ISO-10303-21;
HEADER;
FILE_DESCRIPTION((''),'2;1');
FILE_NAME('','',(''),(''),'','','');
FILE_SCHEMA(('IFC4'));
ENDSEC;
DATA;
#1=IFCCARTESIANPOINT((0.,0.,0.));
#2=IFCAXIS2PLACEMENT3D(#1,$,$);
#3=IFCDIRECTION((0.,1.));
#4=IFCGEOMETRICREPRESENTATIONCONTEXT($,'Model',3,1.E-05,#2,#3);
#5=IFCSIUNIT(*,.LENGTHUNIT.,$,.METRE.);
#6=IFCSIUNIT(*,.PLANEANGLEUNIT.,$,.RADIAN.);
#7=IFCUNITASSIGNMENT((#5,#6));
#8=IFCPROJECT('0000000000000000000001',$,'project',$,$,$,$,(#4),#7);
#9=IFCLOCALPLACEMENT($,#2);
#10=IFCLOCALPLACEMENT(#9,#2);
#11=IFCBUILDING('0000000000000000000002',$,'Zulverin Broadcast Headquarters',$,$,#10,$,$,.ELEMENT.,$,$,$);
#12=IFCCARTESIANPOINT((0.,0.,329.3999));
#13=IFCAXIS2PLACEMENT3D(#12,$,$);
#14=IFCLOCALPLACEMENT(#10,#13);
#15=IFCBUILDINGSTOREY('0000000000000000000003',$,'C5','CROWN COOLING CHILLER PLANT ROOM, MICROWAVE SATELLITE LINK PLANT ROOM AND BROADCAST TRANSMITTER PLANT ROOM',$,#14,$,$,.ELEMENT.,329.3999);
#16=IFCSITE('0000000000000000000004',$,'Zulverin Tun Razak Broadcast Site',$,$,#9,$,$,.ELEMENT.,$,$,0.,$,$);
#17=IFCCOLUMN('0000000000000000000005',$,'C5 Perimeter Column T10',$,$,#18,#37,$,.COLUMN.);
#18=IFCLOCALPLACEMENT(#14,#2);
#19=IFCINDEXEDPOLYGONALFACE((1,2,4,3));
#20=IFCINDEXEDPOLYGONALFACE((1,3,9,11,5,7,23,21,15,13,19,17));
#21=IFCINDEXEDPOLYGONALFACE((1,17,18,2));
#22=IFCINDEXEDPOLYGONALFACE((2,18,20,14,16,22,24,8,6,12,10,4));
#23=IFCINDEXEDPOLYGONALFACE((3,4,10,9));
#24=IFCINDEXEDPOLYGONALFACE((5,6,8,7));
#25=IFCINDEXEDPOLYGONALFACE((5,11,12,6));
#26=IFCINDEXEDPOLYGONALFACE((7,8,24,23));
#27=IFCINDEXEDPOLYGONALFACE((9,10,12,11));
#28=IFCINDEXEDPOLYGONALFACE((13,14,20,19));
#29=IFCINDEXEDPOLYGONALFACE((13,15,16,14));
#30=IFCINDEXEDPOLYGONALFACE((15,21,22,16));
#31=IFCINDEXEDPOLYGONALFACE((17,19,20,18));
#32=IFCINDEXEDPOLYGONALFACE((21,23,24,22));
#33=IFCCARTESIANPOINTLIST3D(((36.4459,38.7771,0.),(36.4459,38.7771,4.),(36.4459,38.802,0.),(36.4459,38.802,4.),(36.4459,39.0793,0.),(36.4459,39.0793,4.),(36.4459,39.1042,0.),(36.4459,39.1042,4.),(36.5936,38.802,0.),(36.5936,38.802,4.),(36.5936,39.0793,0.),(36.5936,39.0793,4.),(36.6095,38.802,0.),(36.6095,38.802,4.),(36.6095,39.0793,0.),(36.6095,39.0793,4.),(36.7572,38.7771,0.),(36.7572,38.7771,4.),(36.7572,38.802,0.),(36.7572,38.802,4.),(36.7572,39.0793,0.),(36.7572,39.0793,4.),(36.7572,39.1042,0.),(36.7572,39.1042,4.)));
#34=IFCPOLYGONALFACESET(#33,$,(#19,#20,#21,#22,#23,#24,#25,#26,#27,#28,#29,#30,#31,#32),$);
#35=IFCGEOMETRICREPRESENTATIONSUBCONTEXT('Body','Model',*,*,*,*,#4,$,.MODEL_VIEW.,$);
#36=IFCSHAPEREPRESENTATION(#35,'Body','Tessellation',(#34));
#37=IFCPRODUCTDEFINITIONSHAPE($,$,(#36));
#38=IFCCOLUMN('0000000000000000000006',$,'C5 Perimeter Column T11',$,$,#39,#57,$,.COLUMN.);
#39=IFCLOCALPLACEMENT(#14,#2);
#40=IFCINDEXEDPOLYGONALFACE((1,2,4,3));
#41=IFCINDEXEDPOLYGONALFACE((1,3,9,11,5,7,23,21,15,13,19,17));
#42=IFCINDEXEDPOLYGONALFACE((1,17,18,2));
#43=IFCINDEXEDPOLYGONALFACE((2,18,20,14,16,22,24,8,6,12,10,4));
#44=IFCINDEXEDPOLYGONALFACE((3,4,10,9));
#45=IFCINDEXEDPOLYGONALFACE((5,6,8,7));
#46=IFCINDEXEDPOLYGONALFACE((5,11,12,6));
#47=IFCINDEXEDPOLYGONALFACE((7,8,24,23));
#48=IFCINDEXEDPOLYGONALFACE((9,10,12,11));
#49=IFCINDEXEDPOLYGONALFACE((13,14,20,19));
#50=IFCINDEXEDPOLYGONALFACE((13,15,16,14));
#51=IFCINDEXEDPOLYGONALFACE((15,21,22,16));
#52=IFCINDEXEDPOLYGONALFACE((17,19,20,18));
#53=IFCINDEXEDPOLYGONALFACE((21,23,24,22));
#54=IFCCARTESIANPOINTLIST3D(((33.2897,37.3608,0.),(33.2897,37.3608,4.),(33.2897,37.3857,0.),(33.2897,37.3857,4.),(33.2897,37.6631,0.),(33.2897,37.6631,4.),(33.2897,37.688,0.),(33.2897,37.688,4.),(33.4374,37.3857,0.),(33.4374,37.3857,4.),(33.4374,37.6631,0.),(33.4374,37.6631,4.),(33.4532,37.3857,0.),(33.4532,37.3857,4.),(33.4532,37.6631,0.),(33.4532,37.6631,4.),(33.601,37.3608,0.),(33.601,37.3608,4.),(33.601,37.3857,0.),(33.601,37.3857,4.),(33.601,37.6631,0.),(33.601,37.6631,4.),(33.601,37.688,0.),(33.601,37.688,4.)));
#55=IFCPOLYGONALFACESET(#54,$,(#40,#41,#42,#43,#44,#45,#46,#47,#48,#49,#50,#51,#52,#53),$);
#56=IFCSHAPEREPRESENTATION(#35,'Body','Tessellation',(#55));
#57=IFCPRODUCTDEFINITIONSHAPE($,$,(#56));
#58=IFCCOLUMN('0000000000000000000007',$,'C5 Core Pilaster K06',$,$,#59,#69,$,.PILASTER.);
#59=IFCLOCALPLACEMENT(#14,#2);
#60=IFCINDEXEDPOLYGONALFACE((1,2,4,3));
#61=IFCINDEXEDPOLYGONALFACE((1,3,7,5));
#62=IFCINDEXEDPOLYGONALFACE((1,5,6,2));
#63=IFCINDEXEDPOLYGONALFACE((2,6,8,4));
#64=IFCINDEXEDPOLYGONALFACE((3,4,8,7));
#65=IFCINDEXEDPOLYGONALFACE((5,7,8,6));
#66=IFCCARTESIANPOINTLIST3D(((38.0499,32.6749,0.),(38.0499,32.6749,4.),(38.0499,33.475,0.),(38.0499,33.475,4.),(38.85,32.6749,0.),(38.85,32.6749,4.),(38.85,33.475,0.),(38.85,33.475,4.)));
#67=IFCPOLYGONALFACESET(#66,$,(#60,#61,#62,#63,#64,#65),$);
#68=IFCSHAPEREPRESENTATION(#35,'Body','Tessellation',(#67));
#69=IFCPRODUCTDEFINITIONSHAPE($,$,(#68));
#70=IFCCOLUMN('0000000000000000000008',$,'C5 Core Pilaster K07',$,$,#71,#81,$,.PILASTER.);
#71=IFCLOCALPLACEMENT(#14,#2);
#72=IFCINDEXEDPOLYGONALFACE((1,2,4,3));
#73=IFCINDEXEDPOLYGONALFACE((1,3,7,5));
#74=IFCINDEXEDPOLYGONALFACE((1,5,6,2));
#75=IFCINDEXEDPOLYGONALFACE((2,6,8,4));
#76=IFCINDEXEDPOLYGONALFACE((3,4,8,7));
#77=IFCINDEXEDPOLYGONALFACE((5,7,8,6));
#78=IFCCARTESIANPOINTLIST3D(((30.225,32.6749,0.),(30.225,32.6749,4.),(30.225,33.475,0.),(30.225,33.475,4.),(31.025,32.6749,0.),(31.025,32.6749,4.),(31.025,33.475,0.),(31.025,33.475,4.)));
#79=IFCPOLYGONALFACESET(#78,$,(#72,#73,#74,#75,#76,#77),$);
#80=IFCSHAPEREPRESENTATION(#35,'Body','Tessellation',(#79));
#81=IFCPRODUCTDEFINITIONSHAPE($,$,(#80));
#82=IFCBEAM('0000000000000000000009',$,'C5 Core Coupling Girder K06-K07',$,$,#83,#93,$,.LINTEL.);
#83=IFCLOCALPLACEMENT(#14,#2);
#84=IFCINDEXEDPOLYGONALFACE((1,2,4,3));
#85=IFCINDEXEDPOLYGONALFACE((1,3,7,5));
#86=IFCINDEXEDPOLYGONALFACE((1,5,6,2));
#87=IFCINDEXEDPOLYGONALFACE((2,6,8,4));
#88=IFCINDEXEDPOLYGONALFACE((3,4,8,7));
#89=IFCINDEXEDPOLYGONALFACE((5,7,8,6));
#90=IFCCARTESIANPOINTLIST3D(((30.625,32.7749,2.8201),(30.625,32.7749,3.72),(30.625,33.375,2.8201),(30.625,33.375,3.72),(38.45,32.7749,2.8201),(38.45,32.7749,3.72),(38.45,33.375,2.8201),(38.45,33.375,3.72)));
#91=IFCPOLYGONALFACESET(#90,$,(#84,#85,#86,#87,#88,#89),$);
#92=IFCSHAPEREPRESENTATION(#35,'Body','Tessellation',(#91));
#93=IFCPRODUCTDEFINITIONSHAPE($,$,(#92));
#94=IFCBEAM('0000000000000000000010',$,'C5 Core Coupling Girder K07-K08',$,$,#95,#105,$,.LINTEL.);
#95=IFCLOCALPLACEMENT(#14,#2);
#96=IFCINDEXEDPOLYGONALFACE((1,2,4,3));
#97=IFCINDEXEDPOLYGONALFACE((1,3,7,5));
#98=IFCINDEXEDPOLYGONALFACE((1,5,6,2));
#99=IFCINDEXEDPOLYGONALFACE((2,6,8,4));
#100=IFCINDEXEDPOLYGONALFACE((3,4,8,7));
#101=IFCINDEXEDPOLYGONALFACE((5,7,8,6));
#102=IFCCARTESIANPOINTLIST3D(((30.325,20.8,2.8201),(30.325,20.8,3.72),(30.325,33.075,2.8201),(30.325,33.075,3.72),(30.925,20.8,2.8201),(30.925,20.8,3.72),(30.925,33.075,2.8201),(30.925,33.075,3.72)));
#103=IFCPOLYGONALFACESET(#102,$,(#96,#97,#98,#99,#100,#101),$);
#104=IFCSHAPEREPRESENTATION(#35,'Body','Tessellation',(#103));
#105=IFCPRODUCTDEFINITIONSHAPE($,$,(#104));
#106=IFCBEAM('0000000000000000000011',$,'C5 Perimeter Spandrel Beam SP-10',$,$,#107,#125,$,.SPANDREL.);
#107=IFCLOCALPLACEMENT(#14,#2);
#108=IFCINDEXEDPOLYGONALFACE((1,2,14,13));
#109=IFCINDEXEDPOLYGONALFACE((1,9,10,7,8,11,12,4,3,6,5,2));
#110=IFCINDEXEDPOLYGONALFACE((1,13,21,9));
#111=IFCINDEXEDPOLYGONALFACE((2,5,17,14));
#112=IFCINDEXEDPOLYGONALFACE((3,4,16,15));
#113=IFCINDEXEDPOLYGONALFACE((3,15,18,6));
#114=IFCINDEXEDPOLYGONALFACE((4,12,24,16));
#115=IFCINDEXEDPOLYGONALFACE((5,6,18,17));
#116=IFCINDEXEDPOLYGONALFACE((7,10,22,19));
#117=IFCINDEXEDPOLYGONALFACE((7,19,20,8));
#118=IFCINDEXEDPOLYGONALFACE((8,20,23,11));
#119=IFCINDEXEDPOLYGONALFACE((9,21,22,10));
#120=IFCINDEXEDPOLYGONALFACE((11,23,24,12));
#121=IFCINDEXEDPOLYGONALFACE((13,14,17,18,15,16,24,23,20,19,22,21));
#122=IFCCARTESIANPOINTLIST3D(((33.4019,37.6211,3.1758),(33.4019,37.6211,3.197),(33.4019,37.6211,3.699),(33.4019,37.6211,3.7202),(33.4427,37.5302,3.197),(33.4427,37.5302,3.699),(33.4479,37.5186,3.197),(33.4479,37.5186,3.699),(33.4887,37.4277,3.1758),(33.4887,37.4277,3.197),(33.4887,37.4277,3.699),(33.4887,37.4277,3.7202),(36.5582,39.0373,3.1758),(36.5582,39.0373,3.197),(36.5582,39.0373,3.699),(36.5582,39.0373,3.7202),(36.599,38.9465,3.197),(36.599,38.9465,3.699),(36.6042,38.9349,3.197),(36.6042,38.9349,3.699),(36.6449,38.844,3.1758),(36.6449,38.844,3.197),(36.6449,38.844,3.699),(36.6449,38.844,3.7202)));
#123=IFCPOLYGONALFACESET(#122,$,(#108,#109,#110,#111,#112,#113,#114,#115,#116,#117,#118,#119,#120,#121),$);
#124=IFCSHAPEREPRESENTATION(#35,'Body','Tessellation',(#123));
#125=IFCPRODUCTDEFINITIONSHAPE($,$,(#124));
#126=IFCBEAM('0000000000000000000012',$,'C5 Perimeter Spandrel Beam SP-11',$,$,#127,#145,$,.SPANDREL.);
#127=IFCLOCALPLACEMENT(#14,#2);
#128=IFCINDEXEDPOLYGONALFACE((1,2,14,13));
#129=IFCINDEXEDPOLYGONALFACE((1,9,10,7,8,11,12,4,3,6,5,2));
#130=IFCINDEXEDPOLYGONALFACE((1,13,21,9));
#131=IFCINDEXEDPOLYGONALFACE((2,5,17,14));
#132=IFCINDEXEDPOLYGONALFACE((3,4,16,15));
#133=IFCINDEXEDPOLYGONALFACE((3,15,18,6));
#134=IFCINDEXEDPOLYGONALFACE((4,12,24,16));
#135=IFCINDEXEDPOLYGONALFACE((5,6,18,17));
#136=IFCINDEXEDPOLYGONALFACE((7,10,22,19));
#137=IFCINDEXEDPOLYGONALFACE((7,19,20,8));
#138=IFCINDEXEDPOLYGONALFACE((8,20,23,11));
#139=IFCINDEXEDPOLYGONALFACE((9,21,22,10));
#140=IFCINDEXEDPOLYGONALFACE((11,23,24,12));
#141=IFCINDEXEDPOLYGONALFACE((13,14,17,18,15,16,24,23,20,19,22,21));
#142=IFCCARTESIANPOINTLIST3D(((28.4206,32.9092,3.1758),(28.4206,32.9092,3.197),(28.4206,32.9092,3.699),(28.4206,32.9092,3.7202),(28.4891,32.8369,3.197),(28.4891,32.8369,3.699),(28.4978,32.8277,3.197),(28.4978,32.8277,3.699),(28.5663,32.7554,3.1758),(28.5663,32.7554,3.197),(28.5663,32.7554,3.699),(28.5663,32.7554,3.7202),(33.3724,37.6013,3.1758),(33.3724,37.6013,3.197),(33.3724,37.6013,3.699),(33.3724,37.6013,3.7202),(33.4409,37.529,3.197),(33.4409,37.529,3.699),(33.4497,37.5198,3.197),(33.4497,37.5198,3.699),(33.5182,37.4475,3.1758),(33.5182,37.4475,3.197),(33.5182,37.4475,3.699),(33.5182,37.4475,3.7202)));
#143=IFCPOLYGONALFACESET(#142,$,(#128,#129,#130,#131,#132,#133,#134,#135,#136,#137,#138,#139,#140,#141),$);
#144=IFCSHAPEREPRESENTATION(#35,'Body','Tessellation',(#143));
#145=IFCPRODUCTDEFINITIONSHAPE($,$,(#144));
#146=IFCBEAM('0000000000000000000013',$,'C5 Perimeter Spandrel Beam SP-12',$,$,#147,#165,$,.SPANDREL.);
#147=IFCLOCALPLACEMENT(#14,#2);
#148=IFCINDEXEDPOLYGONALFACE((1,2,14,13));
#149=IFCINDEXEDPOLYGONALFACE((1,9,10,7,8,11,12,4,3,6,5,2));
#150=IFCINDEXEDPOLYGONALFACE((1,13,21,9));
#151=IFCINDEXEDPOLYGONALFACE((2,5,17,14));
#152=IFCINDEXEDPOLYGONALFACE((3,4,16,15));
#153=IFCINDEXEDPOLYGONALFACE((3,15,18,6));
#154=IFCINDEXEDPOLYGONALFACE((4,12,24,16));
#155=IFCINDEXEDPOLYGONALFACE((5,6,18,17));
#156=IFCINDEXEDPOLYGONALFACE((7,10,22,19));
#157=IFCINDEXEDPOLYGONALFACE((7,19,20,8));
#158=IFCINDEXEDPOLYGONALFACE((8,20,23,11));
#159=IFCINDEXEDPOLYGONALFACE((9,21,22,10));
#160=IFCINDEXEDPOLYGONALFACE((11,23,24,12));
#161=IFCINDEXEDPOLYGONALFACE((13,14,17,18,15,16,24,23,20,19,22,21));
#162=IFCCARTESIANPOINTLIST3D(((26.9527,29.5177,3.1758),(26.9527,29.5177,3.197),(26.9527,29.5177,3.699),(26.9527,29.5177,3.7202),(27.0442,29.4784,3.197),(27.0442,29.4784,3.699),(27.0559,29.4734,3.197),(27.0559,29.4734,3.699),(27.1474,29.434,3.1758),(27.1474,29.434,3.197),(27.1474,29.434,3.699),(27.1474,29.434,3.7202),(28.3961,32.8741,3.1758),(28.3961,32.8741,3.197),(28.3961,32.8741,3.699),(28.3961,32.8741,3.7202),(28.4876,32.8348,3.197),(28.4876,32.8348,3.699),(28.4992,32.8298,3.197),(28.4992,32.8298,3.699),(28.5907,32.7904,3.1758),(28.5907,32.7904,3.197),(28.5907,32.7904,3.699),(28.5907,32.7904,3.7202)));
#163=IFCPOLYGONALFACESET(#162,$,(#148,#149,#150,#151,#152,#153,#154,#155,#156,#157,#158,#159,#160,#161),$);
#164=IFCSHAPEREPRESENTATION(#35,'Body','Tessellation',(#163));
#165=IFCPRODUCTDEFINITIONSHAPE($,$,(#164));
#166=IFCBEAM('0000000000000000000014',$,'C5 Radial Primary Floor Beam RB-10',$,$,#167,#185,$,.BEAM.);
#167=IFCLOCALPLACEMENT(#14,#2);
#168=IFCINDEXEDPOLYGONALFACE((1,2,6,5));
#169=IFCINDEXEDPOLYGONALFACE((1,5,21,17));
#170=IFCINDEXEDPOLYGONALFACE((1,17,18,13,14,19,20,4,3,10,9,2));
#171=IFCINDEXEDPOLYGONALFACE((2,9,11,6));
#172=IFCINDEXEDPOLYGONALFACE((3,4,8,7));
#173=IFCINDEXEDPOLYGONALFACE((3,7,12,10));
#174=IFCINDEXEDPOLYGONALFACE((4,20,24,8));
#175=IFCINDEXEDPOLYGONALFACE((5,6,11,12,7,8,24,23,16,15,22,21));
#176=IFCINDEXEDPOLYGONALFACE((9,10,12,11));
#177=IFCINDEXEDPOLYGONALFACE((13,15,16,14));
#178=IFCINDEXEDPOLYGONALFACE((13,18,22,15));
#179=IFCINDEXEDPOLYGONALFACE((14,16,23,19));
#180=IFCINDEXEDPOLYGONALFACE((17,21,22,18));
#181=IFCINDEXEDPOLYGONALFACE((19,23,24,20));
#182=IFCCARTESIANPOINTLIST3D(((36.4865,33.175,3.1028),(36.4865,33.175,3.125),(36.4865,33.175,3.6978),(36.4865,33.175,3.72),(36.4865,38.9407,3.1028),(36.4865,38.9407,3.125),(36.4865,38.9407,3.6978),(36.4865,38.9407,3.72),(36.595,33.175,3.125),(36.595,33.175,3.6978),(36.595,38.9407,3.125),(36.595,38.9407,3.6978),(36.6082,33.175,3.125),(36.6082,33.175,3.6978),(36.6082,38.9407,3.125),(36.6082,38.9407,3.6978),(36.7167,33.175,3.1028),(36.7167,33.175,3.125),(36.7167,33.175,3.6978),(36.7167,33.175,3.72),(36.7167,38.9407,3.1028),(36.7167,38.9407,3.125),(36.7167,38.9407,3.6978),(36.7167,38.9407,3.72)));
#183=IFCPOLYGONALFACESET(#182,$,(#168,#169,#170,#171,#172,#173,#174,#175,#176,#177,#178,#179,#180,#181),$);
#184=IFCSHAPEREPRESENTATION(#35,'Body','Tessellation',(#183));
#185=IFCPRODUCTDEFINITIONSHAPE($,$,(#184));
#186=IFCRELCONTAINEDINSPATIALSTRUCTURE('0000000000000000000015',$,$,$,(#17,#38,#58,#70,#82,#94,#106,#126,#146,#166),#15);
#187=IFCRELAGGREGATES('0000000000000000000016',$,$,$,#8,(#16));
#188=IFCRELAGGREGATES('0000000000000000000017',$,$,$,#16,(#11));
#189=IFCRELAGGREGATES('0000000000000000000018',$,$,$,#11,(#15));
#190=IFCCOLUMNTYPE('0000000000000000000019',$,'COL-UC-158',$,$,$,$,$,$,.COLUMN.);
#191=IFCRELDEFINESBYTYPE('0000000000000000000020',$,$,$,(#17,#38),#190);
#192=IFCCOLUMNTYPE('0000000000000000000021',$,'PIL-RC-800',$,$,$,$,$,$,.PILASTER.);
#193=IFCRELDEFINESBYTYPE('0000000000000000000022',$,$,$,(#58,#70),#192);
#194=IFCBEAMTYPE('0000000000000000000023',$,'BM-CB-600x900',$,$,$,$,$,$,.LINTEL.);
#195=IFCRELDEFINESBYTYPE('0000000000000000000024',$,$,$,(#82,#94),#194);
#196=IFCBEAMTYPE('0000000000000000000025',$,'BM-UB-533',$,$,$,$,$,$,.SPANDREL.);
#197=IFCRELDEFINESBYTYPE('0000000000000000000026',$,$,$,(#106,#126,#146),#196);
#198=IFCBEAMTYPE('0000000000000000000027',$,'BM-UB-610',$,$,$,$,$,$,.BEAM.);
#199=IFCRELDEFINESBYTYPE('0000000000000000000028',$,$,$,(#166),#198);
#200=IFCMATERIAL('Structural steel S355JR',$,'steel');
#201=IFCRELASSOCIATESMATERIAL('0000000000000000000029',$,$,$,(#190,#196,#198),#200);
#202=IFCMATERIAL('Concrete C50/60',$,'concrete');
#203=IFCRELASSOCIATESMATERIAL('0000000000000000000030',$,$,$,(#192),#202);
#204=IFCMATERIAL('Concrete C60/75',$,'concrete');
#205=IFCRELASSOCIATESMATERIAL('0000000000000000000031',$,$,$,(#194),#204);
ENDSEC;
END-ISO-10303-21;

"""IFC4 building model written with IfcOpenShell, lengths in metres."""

from ifc_helpers import new_model, si_unit, direction, frame, origin, origin_2d, place, context, subcontext, project, spatial, rectangle, i_section, extrude, material, material_profile, profile_set, type_object, element, save


model = new_model("IFC4")

# Units and contexts
model_context = context("Model", 3, precision=1e-05, world=origin(), true_north=direction((0.0, 1.0)))
body_context = subcontext(model_context, "Body", "Model", "MODEL_VIEW")
ifc_project = project(units=[si_unit("LENGTHUNIT", "METRE"), si_unit("PLANEANGLEUNIT", "RADIAN")], contexts=[model_context])

# Site, building, storey
site_placement = place(None, origin())
site = spatial("IfcSite", under=ifc_project, at=site_placement, Name="Zulverin Tun Razak Broadcast Site", CompositionType="ELEMENT", RefElevation=0.0)
building_placement = place(site_placement, origin())
building = spatial("IfcBuilding", under=site, at=building_placement, Name="Zulverin Broadcast Headquarters", CompositionType="ELEMENT")
storey_placement = place(building_placement, frame((0.0, 0.0, 329.3999)))
storey = spatial("IfcBuildingStorey", under=building, at=storey_placement, Name="C5", Description="CROWN COOLING CHILLER PLANT ROOM, MICROWAVE SATELLITE LINK PLANT ROOM AND BROADCAST TRANSMITTER PLANT ROOM", CompositionType="ELEMENT", Elevation=329.3999)

# Columns
ifc_material_1 = material(Name="Structural steel S355JR", Category="steel")
ifc_material_profile_1 = material_profile(ifc_material_1, i_section(OverallWidth=0.3113, OverallDepth=0.3271, WebThickness=0.0159, FlangeThickness=0.0249, at=origin_2d()), Name="Structural steel S355JR", Category="steel")
ifc_profile_set_1 = profile_set([ifc_material_profile_1], Name="Structural steel S355JR")
column_type_1 = type_object("IfcColumnType", Name="COL-UC-158", PredefinedType="COLUMN", material=ifc_profile_set_1)
for number, where, z_axis, x_axis, name in (
    (1, (36.6016, 38.9407, 0.0), (0.0, 0.0, 1.0), (1.0, 0.0, 0.0), "C5 Perimeter Column T10"),
    (2, (33.4453, 37.5244, 0.0), (0.0, 0.0, 1.0), (1.0, 0.0, 0.0), "C5 Perimeter Column T11"),
):
    element("IfcColumn", number, at=place(storey_placement, frame(where, z_axis=z_axis, x_axis=x_axis)), inside=storey, type_object=column_type_1, Name=name, PredefinedType="COLUMN", context=body_context, shape_type="SweptSolid", body=[
        extrude(i_section(OverallWidth=0.3113, OverallDepth=0.3271, WebThickness=0.0159, FlangeThickness=0.0249, at=origin_2d()), origin(), (0.0, 0.0, 1.0), 4.0),
    ])
ifc_material_2 = material(Name="Concrete C50/60", Category="concrete")
ifc_material_profile_2 = material_profile(ifc_material_2, rectangle(XDim=0.8, YDim=0.8, at=origin_2d()), Name="Concrete C50/60", Category="concrete")
ifc_profile_set_2 = profile_set([ifc_material_profile_2], Name="Concrete C50/60")
column_type_2 = type_object("IfcColumnType", Name="PIL-RC-800", PredefinedType="PILASTER", material=ifc_profile_set_2)
for number, where, z_axis, x_axis, name in (
    (3, (38.45, 33.075, 0.0), (0.0, 0.0, 1.0), (1.0, 0.0, 0.0), "C5 Core Pilaster K06"),
    (4, (30.625, 33.075, 0.0), (0.0, 0.0, 1.0), (1.0, 0.0, 0.0), "C5 Core Pilaster K07"),
):
    element("IfcColumn", number, at=place(storey_placement, frame(where, z_axis=z_axis, x_axis=x_axis)), inside=storey, type_object=column_type_2, Name=name, PredefinedType="PILASTER", context=body_context, shape_type="SweptSolid", body=[
        extrude(rectangle(XDim=0.8, YDim=0.8, at=origin_2d()), origin(), (0.0, 0.0, 1.0), 4.0),
    ])

# Beams
ifc_material_3 = material(Name="Concrete C60/75", Category="concrete")
ifc_material_profile_3 = material_profile(ifc_material_3, rectangle(XDim=0.6001, YDim=0.8999, at=origin_2d()), Name="Concrete C60/75", Category="concrete")
ifc_profile_set_3 = profile_set([ifc_material_profile_3], Name="Concrete C60/75")
beam_type_1 = type_object("IfcBeamType", Name="BM-CB-600x900", PredefinedType="LINTEL", material=ifc_profile_set_3)
beam_1_placement = place(storey_placement, frame((38.45, 33.075, 3.27), z_axis=(-1.0, 0.0, 0.0), x_axis=(0.0, -1.0, 0.0)))
element("IfcBeam", 5, at=beam_1_placement, inside=storey, type_object=beam_type_1, Name="C5 Core Coupling Girder K06-K07", PredefinedType="LINTEL", context=body_context, shape_type="SweptSolid", body=[
    extrude(rectangle(XDim=0.6001, YDim=0.8999, at=origin_2d()), origin(), (0.0, 0.0, 1.0), 7.825),
])
beam_2_placement = place(storey_placement, frame((30.625, 33.075, 3.27), z_axis=(0.0, -1.0, 0.0), x_axis=(1.0, 0.0, 0.0)))
element("IfcBeam", 6, at=beam_2_placement, inside=storey, type_object=beam_type_1, Name="C5 Core Coupling Girder K07-K08", PredefinedType="LINTEL", context=body_context, shape_type="SweptSolid", body=[
    extrude(rectangle(XDim=0.6001, YDim=0.8999, at=origin_2d()), origin(), (0.0, 0.0, 1.0), 12.2749),
])
ifc_material_profile_4 = material_profile(ifc_material_1, i_section(OverallWidth=0.2119, OverallDepth=0.5444, WebThickness=0.0127, FlangeThickness=0.0212, at=origin_2d()), Name="Structural steel S355JR", Category="steel")
ifc_profile_set_4 = profile_set([ifc_material_profile_4], Name="Structural steel S355JR")
beam_type_2 = type_object("IfcBeamType", Name="BM-UB-533", PredefinedType="SPANDREL", material=ifc_profile_set_4)
beam_3_placement = place(storey_placement, frame((36.6016, 38.9407, 3.448), z_axis=(-0.912359, -0.40939, 0.0), x_axis=(0.40939, -0.912359, 0.0)))
element("IfcBeam", 7, at=beam_3_placement, inside=storey, type_object=beam_type_2, Name="C5 Perimeter Spandrel Beam SP-10", PredefinedType="SPANDREL", context=body_context, shape_type="SweptSolid", body=[
    extrude(i_section(OverallWidth=0.2119, OverallDepth=0.5444, WebThickness=0.0127, FlangeThickness=0.0212, at=origin_2d()), origin(), (0.0, 0.0, 1.0), 3.4595),
])
beam_4_placement = place(storey_placement, frame((33.4453, 37.5244, 3.448), z_axis=(-0.72589, -0.687811, 0.0), x_axis=(0.687811, -0.72589, 0.0)))
element("IfcBeam", 8, at=beam_4_placement, inside=storey, type_object=beam_type_2, Name="C5 Perimeter Spandrel Beam SP-11", PredefinedType="SPANDREL", context=body_context, shape_type="SweptSolid", body=[
    extrude(i_section(OverallWidth=0.2119, OverallDepth=0.5444, WebThickness=0.0127, FlangeThickness=0.0212, at=origin_2d()), origin(), (0.0, 0.0, 1.0), 6.8218),
])
beam_5_placement = place(storey_placement, frame((28.4934, 32.8323, 3.448), z_axis=(-0.395048, -0.91866, 0.0), x_axis=(0.91866, -0.395048, 0.0)))
element("IfcBeam", 9, at=beam_5_placement, inside=storey, type_object=beam_type_2, Name="C5 Perimeter Spandrel Beam SP-12", PredefinedType="SPANDREL", context=body_context, shape_type="SweptSolid", body=[
    extrude(i_section(OverallWidth=0.2119, OverallDepth=0.5444, WebThickness=0.0127, FlangeThickness=0.0212, at=origin_2d()), origin(), (0.0, 0.0, 1.0), 3.6536),
])
ifc_material_profile_5 = material_profile(ifc_material_1, i_section(OverallWidth=0.2302, OverallDepth=0.6172, WebThickness=0.0132, FlangeThickness=0.0222, at=origin_2d()), Name="Structural steel S355JR", Category="steel")
ifc_profile_set_5 = profile_set([ifc_material_profile_5], Name="Structural steel S355JR")
beam_type_3 = type_object("IfcBeamType", Name="BM-UB-610", PredefinedType="BEAM", material=ifc_profile_set_5)
beam_6_placement = place(storey_placement, frame((36.6016, 33.175, 3.4114), z_axis=(0.0, 1.0, 0.0), x_axis=(-1.0, 0.0, 0.0)))
element("IfcBeam", 10, at=beam_6_placement, inside=storey, type_object=beam_type_3, Name="C5 Radial Primary Floor Beam RB-10", PredefinedType="BEAM", context=body_context, shape_type="SweptSolid", body=[
    extrude(i_section(OverallWidth=0.2302, OverallDepth=0.6172, WebThickness=0.0132, FlangeThickness=0.0222, at=origin_2d()), origin(), (0.0, 0.0, 1.0), 5.7656),
])

save(model, "model.ifc")
